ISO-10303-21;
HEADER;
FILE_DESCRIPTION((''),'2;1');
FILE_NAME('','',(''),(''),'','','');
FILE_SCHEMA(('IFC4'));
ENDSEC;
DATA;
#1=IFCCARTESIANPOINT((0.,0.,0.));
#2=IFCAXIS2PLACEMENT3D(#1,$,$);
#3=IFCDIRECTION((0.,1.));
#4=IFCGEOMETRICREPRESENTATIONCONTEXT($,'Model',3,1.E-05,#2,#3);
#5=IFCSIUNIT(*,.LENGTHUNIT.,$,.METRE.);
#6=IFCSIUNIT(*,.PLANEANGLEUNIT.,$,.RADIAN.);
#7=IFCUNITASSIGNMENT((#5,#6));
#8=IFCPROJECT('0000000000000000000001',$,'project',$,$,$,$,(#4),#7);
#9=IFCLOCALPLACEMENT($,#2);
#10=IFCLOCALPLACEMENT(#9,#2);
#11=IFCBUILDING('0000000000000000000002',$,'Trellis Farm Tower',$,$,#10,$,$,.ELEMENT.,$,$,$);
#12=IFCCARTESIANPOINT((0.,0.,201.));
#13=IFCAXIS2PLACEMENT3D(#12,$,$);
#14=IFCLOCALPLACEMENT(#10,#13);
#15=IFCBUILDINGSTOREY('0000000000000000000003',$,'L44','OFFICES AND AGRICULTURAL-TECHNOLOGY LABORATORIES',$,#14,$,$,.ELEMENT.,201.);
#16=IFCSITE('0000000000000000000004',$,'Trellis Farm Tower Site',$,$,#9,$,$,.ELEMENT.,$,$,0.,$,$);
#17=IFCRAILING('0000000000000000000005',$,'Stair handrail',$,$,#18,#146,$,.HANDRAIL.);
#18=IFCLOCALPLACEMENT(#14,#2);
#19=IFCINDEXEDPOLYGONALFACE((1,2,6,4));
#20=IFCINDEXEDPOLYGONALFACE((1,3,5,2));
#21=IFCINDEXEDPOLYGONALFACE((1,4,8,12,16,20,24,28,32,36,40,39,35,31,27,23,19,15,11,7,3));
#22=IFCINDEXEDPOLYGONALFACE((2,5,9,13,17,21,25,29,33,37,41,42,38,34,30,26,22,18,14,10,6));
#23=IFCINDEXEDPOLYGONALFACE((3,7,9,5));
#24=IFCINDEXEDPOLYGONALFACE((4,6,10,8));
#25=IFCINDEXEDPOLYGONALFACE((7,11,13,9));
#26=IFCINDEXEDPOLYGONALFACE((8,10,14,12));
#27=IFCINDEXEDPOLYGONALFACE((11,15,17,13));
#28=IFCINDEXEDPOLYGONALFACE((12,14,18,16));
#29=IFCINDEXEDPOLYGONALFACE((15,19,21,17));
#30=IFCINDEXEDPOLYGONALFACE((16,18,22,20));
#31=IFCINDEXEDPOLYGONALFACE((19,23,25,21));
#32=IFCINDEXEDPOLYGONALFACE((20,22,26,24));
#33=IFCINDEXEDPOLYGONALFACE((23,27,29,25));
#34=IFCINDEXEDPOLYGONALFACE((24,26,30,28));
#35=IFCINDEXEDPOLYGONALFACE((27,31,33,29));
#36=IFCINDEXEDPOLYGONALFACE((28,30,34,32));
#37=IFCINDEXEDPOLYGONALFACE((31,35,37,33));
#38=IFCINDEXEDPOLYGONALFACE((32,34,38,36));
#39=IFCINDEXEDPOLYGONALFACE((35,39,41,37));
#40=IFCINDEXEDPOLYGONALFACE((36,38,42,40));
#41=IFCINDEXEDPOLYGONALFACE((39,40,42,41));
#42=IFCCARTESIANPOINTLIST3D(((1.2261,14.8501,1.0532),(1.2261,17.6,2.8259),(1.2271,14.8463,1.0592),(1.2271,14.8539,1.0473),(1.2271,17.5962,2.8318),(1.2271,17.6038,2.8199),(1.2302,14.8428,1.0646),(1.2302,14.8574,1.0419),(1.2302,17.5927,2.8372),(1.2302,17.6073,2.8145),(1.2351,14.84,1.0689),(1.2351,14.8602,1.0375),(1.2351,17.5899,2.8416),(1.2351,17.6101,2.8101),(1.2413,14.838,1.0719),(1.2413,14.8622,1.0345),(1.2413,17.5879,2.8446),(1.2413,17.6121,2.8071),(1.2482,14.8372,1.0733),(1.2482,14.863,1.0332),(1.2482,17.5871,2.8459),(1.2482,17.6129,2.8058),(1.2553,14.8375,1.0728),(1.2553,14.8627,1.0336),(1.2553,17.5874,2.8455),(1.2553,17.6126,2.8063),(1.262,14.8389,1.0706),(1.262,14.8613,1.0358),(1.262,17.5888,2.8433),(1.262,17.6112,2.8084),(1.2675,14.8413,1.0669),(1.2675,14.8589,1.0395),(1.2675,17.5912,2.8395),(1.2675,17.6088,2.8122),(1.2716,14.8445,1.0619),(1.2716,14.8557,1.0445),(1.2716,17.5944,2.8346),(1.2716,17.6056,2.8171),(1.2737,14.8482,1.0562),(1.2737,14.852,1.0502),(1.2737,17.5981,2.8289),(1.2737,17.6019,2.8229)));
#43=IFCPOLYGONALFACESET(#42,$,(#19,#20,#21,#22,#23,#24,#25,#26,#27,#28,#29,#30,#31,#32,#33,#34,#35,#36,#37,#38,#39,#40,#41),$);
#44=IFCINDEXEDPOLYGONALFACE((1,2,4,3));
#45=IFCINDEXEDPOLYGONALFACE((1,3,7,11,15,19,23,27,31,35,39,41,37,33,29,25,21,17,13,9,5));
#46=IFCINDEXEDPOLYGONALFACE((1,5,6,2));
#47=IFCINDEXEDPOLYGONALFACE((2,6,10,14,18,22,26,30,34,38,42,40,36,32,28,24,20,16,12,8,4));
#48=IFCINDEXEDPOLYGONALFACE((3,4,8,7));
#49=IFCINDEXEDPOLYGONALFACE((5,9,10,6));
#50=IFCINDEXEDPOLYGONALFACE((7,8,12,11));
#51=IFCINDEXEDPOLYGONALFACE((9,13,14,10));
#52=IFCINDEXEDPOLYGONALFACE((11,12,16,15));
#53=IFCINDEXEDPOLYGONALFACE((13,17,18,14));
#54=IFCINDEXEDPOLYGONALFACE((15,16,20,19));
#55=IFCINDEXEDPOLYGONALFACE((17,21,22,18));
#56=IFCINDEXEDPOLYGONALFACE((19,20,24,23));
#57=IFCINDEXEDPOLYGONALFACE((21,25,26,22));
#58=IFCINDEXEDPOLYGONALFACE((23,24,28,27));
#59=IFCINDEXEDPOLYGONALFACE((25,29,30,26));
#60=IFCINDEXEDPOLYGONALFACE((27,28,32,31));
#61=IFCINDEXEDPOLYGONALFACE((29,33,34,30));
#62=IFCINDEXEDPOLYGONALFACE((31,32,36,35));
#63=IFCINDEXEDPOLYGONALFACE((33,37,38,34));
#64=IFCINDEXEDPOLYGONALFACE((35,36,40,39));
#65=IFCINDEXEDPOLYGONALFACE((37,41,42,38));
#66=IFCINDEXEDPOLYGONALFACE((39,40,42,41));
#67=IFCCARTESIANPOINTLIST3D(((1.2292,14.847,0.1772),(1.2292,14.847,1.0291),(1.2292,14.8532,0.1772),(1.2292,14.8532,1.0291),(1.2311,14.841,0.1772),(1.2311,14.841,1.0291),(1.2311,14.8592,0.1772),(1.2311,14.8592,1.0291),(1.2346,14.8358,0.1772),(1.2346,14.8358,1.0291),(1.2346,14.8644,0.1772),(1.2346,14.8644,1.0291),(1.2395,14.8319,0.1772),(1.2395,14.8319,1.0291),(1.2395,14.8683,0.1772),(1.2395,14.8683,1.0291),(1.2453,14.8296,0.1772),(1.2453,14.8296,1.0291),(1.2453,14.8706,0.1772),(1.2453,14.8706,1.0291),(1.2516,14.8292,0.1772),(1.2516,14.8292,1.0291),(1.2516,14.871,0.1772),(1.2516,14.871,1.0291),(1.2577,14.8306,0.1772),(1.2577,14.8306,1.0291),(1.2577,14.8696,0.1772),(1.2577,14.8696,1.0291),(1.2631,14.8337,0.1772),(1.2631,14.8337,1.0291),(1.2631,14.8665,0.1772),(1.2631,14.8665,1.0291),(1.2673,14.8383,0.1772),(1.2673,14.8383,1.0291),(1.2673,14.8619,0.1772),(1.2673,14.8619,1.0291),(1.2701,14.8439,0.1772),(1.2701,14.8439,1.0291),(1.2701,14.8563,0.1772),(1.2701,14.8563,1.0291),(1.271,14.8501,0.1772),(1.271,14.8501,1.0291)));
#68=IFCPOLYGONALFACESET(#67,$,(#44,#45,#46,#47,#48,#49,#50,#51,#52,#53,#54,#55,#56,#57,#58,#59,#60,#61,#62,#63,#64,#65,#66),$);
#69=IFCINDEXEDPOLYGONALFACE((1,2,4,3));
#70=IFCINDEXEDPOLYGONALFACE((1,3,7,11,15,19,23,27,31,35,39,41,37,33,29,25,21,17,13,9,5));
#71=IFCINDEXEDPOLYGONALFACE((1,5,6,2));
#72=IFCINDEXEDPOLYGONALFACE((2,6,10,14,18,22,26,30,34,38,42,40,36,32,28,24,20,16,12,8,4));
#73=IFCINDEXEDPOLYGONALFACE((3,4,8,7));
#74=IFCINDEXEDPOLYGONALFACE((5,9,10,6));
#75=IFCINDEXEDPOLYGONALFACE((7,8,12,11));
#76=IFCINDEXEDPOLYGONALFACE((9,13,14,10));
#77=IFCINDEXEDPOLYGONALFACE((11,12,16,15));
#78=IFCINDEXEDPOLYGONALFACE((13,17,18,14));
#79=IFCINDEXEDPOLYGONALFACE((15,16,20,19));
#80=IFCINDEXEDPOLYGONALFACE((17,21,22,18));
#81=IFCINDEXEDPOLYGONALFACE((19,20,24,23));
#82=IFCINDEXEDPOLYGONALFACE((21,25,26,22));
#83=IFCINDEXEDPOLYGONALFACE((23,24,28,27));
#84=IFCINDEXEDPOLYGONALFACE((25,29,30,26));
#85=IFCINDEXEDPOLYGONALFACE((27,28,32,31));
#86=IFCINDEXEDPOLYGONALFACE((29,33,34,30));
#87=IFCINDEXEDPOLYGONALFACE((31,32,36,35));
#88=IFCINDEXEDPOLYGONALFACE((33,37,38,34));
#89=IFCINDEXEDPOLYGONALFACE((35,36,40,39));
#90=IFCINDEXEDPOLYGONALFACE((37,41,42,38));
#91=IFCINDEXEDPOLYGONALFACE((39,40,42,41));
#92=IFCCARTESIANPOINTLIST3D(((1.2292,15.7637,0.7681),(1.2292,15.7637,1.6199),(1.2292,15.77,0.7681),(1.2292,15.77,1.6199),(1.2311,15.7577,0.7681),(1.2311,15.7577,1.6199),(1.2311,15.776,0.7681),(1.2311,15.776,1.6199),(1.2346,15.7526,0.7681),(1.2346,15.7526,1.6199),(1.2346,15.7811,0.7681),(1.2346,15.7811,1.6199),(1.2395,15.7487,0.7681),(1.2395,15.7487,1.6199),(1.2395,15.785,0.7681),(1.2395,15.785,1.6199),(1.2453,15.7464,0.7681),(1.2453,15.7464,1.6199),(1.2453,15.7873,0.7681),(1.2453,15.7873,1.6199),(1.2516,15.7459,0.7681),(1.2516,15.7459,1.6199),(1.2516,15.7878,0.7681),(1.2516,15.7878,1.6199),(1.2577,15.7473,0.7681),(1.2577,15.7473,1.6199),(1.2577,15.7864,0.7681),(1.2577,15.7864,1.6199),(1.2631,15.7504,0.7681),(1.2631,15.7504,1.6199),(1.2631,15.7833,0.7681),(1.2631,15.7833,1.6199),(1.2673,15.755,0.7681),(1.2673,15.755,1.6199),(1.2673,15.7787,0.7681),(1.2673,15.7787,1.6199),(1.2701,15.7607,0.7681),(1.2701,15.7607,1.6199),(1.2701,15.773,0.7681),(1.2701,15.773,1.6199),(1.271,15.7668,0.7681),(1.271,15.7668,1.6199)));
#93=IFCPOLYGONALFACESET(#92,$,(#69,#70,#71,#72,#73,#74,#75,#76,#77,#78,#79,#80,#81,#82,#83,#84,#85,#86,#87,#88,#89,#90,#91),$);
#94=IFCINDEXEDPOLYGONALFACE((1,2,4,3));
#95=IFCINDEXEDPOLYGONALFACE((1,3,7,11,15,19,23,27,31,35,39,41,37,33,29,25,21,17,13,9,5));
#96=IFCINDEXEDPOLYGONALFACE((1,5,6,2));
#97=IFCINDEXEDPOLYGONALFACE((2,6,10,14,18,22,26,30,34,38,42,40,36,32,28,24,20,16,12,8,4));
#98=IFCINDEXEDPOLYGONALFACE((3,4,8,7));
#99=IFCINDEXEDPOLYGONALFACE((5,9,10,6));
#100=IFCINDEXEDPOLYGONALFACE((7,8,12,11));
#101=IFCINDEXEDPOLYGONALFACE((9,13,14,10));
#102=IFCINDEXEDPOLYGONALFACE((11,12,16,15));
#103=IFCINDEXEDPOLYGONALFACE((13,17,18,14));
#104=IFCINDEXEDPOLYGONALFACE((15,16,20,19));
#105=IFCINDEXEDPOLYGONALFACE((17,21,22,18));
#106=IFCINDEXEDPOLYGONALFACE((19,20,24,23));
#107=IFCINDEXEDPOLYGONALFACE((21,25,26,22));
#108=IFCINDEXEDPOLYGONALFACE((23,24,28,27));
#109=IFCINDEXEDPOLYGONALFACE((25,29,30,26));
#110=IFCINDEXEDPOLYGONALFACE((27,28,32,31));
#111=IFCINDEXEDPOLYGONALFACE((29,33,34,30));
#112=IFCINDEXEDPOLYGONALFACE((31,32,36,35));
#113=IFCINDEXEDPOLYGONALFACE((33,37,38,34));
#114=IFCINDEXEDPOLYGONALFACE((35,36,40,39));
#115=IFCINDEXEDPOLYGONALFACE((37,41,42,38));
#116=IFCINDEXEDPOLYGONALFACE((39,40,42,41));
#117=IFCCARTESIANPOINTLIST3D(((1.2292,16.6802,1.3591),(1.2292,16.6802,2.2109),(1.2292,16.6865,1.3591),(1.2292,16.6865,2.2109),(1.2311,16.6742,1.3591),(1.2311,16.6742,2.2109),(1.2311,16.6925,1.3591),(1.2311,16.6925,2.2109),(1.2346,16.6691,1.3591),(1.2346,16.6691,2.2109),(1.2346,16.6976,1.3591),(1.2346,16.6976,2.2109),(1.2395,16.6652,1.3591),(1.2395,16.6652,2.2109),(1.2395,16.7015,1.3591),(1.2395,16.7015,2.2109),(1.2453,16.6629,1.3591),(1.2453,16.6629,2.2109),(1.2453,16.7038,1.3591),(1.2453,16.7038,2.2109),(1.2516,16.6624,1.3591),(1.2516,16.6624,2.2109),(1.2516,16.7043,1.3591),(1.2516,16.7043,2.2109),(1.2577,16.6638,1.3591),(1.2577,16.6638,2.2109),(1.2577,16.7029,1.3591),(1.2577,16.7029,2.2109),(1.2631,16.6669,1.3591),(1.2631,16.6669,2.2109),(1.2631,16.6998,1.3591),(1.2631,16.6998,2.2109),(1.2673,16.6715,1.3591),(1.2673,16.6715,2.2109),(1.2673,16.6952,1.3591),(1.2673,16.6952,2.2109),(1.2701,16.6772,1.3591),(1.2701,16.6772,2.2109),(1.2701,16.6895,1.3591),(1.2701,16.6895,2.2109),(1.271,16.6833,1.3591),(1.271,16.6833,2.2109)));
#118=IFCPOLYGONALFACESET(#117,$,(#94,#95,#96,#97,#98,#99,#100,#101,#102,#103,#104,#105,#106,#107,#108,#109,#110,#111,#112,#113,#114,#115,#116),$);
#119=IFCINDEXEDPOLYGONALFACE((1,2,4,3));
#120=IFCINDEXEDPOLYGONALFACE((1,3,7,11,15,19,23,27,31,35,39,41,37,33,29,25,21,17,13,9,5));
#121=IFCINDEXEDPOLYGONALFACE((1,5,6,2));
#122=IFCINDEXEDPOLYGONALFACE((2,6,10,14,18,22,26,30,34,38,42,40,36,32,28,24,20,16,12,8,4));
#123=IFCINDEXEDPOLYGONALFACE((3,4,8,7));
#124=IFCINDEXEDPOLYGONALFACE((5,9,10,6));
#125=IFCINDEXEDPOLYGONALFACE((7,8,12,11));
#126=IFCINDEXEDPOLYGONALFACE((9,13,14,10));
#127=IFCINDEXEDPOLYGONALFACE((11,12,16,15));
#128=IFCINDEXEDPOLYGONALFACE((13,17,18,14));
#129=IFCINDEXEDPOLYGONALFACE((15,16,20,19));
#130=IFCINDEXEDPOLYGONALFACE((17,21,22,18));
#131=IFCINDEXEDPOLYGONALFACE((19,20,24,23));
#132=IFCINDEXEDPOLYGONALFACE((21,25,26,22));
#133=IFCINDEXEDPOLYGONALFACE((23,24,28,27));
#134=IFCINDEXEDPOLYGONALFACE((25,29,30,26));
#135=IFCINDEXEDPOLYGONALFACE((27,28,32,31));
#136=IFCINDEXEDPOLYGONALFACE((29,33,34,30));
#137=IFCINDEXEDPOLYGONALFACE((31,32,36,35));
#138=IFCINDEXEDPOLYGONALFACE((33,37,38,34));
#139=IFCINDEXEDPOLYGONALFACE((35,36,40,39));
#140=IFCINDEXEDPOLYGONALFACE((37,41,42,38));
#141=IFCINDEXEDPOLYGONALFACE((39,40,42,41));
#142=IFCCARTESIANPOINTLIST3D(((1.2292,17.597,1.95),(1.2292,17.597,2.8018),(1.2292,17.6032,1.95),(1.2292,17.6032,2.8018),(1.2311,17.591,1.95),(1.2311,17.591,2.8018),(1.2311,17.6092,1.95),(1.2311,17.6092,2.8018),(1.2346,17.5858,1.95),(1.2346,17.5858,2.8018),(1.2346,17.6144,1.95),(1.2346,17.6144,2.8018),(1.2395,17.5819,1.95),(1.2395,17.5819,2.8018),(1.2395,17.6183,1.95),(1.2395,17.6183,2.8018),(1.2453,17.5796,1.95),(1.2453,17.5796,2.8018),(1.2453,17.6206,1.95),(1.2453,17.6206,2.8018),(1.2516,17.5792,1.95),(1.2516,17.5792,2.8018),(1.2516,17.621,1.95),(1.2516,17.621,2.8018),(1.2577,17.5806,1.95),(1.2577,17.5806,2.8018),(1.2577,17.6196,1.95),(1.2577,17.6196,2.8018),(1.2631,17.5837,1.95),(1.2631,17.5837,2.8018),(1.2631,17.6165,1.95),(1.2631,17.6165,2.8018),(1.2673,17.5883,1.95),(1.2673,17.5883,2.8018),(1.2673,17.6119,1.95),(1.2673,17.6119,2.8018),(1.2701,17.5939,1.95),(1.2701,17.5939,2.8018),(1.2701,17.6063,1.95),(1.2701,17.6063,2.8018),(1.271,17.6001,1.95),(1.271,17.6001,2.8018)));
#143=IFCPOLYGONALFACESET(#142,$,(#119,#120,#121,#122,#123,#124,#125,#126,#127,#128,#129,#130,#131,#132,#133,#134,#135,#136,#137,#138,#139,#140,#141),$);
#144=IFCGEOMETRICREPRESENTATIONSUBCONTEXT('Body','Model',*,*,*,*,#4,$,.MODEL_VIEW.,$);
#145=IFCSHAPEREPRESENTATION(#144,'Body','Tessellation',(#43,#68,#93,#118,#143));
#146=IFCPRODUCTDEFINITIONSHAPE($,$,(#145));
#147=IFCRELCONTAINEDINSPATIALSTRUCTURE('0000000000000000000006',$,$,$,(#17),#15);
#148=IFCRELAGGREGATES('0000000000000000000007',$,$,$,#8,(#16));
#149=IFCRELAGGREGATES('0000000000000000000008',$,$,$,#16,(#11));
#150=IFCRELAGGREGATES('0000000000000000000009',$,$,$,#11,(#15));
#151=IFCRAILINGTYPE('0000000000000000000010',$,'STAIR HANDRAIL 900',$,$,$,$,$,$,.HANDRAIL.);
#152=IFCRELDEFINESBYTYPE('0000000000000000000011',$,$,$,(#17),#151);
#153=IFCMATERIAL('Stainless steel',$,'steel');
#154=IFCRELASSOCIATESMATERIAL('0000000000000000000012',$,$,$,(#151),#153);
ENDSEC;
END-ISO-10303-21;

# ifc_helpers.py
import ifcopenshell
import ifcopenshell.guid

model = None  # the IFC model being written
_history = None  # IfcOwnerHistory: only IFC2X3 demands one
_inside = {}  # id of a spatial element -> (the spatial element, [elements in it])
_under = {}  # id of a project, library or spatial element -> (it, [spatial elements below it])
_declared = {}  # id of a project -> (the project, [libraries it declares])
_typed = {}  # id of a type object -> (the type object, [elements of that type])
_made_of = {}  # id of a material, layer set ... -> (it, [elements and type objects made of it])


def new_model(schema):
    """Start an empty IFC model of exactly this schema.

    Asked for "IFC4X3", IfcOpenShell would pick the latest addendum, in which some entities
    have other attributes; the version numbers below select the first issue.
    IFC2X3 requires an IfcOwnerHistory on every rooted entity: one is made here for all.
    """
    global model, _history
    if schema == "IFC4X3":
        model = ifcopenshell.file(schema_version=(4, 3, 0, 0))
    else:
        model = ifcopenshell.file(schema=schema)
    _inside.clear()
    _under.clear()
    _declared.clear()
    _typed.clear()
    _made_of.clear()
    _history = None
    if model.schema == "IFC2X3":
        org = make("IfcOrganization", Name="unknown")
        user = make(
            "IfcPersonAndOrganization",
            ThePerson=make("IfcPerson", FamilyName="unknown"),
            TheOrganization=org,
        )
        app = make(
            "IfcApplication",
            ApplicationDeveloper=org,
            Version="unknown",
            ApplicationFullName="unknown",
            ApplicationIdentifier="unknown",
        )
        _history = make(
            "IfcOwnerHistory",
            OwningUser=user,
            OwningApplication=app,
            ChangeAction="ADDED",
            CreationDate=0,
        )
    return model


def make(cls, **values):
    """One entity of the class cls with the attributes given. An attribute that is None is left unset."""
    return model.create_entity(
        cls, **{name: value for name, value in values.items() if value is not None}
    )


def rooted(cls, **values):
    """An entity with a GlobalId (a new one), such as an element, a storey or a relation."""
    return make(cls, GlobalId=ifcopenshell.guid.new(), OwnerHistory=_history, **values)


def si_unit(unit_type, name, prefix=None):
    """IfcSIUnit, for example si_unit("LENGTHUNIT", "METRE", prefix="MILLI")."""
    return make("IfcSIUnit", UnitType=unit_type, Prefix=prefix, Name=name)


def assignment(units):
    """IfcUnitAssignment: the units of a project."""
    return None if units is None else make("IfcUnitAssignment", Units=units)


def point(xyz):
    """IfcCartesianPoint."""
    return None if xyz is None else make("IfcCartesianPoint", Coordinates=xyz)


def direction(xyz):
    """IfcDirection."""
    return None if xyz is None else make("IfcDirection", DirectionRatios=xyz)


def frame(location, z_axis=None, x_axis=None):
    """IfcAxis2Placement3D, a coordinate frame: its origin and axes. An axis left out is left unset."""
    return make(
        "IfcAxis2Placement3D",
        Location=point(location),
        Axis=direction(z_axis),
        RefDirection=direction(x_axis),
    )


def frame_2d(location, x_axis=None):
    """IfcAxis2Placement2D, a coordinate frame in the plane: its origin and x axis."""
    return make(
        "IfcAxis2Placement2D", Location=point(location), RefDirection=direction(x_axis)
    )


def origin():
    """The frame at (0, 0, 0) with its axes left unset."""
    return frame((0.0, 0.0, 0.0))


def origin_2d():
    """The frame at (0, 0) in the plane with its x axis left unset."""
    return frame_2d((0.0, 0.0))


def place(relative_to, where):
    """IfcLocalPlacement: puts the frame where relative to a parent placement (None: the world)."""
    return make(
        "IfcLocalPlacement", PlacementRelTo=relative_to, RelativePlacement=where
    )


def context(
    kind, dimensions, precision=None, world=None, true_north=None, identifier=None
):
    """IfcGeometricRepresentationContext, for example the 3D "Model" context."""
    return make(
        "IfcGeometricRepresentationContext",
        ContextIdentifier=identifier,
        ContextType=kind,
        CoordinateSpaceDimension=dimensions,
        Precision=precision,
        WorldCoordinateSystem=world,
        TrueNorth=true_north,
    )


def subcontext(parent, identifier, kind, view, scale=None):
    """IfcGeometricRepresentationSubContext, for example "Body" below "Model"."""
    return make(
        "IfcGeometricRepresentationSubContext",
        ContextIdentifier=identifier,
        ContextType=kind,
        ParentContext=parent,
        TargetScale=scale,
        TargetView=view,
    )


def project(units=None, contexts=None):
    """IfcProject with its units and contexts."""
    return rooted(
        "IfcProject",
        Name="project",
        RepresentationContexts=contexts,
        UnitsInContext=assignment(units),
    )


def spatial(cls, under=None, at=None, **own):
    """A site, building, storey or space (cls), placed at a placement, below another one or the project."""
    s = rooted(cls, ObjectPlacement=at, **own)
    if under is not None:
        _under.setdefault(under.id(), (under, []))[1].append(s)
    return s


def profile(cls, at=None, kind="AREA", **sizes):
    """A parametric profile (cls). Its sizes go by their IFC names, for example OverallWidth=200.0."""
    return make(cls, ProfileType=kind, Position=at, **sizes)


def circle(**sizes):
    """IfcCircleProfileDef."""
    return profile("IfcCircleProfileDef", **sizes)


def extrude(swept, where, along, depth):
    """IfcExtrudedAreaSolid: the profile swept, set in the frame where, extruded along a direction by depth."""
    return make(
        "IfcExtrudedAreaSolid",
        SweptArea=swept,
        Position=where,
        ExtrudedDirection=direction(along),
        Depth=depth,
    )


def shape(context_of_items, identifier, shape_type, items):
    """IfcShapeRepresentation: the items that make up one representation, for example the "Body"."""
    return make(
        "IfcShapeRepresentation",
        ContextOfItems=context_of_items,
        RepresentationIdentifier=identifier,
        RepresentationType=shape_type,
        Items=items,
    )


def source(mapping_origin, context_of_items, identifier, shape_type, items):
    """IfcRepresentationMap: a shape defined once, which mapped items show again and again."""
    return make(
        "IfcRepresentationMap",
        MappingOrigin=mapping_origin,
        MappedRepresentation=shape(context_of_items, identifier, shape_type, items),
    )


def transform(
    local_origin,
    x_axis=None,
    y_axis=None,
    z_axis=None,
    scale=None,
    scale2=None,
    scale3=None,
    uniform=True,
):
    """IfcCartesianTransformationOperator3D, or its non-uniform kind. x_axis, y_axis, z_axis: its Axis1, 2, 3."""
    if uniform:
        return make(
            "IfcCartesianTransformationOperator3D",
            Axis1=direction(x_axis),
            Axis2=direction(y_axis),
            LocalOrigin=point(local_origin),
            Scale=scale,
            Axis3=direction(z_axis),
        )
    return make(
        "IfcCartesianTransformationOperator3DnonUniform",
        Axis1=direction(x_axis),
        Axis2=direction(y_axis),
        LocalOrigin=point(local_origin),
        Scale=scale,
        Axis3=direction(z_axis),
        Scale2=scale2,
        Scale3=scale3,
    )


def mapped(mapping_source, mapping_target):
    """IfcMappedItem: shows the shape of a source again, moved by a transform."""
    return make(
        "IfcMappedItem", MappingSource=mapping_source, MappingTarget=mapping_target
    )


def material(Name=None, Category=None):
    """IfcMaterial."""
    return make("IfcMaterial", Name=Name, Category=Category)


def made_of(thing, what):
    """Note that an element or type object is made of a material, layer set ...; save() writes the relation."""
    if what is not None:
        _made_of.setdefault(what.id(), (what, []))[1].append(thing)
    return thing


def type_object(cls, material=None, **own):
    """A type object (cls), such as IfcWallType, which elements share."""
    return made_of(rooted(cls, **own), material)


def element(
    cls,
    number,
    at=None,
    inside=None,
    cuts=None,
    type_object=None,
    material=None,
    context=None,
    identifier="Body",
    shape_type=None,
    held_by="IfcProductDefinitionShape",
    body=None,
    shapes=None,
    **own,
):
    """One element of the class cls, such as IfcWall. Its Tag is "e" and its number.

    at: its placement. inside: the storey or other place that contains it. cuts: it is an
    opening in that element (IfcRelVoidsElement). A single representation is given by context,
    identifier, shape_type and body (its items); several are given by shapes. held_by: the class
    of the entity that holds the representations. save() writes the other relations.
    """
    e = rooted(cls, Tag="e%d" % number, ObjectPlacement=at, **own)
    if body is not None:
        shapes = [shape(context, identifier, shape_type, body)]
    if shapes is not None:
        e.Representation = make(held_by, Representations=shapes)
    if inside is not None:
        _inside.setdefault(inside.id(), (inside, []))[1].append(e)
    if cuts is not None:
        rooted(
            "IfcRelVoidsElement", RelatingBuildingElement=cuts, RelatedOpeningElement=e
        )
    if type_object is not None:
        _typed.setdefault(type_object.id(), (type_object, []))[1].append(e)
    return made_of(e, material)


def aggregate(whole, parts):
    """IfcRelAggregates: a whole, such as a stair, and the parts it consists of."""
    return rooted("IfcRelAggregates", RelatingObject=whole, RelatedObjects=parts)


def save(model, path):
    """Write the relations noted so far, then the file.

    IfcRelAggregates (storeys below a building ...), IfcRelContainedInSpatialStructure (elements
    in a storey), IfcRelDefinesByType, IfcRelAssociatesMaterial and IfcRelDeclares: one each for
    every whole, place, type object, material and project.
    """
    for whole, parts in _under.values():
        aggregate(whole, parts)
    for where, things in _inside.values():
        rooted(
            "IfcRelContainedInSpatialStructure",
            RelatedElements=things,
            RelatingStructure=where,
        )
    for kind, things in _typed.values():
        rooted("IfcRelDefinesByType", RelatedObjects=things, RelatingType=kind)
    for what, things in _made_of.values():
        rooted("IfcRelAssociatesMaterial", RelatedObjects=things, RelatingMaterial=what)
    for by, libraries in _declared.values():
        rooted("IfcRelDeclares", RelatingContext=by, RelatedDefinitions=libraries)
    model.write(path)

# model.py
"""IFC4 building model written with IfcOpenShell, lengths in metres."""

from ifc_helpers import new_model, si_unit, direction, frame, origin, origin_2d, place, context, subcontext, project, spatial, circle, extrude, source, transform, mapped, material, type_object, element, save


model = new_model("IFC4")

# Units and contexts
model_context = context("Model", 3, precision=1e-05, world=origin(), true_north=direction((0.0, 1.0)))
body_context = subcontext(model_context, "Body", "Model", "MODEL_VIEW")
ifc_project = project(units=[si_unit("LENGTHUNIT", "METRE"), si_unit("PLANEANGLEUNIT", "RADIAN")], contexts=[model_context])

# Site, building, storey
site_placement = place(None, origin())
site = spatial("IfcSite", under=ifc_project, at=site_placement, Name="Trellis Farm Tower Site", CompositionType="ELEMENT", RefElevation=0.0)
building_placement = place(site_placement, origin())
building = spatial("IfcBuilding", under=site, at=building_placement, Name="Trellis Farm Tower", CompositionType="ELEMENT")
storey_placement = place(building_placement, frame((0.0, 0.0, 201.0)))
storey = spatial("IfcBuildingStorey", under=building, at=storey_placement, Name="L44", Description="OFFICES AND AGRICULTURAL-TECHNOLOGY LABORATORIES", CompositionType="ELEMENT", Elevation=201.0)

# Shared definitions
ifc_material_1 = material(Name="Stainless steel", Category="steel")

# Railing
railing_type = type_object("IfcRailingType", Name="STAIR HANDRAIL 900", PredefinedType="HANDRAIL", material=ifc_material_1)
shared_shape_1 = source(origin(), body_context, "Body", "SweptSolid", [
    extrude(circle(Radius=0.0239, at=origin_2d()), frame((0.0, 0.0, 0.876), z_axis=(0.0, 0.840504, 0.541806), x_axis=(-1.0, 0.0, 0.0)), (0.0, 0.0, 1.0), 3.2717),
    extrude(circle(Radius=0.021, at=origin_2d()), origin(), (0.0, 0.0, 1.0), 0.8518),
    extrude(circle(Radius=0.021, at=origin_2d()), frame((0.0, 0.9167, 0.5908)), (0.0, 0.0, 1.0), 0.8518),
    extrude(circle(Radius=0.021, at=origin_2d()), frame((0.0, 1.8333, 1.1819)), (0.0, 0.0, 1.0), 0.8518),
    extrude(circle(Radius=0.021, at=origin_2d()), frame((0.0, 2.75, 1.7727)), (0.0, 0.0, 1.0), 0.8518),
])
railing_placement = place(storey_placement, frame((1.25, 14.8501, 0.1772)))
element("IfcRailing", 1, at=railing_placement, inside=storey, type_object=railing_type, Name="Stair handrail", PredefinedType="HANDRAIL", context=body_context, shape_type="MappedRepresentation", body=[
    mapped(shared_shape_1, transform((0.0, 0.0, 0.0))),
])

save(model, "model.ifc")
